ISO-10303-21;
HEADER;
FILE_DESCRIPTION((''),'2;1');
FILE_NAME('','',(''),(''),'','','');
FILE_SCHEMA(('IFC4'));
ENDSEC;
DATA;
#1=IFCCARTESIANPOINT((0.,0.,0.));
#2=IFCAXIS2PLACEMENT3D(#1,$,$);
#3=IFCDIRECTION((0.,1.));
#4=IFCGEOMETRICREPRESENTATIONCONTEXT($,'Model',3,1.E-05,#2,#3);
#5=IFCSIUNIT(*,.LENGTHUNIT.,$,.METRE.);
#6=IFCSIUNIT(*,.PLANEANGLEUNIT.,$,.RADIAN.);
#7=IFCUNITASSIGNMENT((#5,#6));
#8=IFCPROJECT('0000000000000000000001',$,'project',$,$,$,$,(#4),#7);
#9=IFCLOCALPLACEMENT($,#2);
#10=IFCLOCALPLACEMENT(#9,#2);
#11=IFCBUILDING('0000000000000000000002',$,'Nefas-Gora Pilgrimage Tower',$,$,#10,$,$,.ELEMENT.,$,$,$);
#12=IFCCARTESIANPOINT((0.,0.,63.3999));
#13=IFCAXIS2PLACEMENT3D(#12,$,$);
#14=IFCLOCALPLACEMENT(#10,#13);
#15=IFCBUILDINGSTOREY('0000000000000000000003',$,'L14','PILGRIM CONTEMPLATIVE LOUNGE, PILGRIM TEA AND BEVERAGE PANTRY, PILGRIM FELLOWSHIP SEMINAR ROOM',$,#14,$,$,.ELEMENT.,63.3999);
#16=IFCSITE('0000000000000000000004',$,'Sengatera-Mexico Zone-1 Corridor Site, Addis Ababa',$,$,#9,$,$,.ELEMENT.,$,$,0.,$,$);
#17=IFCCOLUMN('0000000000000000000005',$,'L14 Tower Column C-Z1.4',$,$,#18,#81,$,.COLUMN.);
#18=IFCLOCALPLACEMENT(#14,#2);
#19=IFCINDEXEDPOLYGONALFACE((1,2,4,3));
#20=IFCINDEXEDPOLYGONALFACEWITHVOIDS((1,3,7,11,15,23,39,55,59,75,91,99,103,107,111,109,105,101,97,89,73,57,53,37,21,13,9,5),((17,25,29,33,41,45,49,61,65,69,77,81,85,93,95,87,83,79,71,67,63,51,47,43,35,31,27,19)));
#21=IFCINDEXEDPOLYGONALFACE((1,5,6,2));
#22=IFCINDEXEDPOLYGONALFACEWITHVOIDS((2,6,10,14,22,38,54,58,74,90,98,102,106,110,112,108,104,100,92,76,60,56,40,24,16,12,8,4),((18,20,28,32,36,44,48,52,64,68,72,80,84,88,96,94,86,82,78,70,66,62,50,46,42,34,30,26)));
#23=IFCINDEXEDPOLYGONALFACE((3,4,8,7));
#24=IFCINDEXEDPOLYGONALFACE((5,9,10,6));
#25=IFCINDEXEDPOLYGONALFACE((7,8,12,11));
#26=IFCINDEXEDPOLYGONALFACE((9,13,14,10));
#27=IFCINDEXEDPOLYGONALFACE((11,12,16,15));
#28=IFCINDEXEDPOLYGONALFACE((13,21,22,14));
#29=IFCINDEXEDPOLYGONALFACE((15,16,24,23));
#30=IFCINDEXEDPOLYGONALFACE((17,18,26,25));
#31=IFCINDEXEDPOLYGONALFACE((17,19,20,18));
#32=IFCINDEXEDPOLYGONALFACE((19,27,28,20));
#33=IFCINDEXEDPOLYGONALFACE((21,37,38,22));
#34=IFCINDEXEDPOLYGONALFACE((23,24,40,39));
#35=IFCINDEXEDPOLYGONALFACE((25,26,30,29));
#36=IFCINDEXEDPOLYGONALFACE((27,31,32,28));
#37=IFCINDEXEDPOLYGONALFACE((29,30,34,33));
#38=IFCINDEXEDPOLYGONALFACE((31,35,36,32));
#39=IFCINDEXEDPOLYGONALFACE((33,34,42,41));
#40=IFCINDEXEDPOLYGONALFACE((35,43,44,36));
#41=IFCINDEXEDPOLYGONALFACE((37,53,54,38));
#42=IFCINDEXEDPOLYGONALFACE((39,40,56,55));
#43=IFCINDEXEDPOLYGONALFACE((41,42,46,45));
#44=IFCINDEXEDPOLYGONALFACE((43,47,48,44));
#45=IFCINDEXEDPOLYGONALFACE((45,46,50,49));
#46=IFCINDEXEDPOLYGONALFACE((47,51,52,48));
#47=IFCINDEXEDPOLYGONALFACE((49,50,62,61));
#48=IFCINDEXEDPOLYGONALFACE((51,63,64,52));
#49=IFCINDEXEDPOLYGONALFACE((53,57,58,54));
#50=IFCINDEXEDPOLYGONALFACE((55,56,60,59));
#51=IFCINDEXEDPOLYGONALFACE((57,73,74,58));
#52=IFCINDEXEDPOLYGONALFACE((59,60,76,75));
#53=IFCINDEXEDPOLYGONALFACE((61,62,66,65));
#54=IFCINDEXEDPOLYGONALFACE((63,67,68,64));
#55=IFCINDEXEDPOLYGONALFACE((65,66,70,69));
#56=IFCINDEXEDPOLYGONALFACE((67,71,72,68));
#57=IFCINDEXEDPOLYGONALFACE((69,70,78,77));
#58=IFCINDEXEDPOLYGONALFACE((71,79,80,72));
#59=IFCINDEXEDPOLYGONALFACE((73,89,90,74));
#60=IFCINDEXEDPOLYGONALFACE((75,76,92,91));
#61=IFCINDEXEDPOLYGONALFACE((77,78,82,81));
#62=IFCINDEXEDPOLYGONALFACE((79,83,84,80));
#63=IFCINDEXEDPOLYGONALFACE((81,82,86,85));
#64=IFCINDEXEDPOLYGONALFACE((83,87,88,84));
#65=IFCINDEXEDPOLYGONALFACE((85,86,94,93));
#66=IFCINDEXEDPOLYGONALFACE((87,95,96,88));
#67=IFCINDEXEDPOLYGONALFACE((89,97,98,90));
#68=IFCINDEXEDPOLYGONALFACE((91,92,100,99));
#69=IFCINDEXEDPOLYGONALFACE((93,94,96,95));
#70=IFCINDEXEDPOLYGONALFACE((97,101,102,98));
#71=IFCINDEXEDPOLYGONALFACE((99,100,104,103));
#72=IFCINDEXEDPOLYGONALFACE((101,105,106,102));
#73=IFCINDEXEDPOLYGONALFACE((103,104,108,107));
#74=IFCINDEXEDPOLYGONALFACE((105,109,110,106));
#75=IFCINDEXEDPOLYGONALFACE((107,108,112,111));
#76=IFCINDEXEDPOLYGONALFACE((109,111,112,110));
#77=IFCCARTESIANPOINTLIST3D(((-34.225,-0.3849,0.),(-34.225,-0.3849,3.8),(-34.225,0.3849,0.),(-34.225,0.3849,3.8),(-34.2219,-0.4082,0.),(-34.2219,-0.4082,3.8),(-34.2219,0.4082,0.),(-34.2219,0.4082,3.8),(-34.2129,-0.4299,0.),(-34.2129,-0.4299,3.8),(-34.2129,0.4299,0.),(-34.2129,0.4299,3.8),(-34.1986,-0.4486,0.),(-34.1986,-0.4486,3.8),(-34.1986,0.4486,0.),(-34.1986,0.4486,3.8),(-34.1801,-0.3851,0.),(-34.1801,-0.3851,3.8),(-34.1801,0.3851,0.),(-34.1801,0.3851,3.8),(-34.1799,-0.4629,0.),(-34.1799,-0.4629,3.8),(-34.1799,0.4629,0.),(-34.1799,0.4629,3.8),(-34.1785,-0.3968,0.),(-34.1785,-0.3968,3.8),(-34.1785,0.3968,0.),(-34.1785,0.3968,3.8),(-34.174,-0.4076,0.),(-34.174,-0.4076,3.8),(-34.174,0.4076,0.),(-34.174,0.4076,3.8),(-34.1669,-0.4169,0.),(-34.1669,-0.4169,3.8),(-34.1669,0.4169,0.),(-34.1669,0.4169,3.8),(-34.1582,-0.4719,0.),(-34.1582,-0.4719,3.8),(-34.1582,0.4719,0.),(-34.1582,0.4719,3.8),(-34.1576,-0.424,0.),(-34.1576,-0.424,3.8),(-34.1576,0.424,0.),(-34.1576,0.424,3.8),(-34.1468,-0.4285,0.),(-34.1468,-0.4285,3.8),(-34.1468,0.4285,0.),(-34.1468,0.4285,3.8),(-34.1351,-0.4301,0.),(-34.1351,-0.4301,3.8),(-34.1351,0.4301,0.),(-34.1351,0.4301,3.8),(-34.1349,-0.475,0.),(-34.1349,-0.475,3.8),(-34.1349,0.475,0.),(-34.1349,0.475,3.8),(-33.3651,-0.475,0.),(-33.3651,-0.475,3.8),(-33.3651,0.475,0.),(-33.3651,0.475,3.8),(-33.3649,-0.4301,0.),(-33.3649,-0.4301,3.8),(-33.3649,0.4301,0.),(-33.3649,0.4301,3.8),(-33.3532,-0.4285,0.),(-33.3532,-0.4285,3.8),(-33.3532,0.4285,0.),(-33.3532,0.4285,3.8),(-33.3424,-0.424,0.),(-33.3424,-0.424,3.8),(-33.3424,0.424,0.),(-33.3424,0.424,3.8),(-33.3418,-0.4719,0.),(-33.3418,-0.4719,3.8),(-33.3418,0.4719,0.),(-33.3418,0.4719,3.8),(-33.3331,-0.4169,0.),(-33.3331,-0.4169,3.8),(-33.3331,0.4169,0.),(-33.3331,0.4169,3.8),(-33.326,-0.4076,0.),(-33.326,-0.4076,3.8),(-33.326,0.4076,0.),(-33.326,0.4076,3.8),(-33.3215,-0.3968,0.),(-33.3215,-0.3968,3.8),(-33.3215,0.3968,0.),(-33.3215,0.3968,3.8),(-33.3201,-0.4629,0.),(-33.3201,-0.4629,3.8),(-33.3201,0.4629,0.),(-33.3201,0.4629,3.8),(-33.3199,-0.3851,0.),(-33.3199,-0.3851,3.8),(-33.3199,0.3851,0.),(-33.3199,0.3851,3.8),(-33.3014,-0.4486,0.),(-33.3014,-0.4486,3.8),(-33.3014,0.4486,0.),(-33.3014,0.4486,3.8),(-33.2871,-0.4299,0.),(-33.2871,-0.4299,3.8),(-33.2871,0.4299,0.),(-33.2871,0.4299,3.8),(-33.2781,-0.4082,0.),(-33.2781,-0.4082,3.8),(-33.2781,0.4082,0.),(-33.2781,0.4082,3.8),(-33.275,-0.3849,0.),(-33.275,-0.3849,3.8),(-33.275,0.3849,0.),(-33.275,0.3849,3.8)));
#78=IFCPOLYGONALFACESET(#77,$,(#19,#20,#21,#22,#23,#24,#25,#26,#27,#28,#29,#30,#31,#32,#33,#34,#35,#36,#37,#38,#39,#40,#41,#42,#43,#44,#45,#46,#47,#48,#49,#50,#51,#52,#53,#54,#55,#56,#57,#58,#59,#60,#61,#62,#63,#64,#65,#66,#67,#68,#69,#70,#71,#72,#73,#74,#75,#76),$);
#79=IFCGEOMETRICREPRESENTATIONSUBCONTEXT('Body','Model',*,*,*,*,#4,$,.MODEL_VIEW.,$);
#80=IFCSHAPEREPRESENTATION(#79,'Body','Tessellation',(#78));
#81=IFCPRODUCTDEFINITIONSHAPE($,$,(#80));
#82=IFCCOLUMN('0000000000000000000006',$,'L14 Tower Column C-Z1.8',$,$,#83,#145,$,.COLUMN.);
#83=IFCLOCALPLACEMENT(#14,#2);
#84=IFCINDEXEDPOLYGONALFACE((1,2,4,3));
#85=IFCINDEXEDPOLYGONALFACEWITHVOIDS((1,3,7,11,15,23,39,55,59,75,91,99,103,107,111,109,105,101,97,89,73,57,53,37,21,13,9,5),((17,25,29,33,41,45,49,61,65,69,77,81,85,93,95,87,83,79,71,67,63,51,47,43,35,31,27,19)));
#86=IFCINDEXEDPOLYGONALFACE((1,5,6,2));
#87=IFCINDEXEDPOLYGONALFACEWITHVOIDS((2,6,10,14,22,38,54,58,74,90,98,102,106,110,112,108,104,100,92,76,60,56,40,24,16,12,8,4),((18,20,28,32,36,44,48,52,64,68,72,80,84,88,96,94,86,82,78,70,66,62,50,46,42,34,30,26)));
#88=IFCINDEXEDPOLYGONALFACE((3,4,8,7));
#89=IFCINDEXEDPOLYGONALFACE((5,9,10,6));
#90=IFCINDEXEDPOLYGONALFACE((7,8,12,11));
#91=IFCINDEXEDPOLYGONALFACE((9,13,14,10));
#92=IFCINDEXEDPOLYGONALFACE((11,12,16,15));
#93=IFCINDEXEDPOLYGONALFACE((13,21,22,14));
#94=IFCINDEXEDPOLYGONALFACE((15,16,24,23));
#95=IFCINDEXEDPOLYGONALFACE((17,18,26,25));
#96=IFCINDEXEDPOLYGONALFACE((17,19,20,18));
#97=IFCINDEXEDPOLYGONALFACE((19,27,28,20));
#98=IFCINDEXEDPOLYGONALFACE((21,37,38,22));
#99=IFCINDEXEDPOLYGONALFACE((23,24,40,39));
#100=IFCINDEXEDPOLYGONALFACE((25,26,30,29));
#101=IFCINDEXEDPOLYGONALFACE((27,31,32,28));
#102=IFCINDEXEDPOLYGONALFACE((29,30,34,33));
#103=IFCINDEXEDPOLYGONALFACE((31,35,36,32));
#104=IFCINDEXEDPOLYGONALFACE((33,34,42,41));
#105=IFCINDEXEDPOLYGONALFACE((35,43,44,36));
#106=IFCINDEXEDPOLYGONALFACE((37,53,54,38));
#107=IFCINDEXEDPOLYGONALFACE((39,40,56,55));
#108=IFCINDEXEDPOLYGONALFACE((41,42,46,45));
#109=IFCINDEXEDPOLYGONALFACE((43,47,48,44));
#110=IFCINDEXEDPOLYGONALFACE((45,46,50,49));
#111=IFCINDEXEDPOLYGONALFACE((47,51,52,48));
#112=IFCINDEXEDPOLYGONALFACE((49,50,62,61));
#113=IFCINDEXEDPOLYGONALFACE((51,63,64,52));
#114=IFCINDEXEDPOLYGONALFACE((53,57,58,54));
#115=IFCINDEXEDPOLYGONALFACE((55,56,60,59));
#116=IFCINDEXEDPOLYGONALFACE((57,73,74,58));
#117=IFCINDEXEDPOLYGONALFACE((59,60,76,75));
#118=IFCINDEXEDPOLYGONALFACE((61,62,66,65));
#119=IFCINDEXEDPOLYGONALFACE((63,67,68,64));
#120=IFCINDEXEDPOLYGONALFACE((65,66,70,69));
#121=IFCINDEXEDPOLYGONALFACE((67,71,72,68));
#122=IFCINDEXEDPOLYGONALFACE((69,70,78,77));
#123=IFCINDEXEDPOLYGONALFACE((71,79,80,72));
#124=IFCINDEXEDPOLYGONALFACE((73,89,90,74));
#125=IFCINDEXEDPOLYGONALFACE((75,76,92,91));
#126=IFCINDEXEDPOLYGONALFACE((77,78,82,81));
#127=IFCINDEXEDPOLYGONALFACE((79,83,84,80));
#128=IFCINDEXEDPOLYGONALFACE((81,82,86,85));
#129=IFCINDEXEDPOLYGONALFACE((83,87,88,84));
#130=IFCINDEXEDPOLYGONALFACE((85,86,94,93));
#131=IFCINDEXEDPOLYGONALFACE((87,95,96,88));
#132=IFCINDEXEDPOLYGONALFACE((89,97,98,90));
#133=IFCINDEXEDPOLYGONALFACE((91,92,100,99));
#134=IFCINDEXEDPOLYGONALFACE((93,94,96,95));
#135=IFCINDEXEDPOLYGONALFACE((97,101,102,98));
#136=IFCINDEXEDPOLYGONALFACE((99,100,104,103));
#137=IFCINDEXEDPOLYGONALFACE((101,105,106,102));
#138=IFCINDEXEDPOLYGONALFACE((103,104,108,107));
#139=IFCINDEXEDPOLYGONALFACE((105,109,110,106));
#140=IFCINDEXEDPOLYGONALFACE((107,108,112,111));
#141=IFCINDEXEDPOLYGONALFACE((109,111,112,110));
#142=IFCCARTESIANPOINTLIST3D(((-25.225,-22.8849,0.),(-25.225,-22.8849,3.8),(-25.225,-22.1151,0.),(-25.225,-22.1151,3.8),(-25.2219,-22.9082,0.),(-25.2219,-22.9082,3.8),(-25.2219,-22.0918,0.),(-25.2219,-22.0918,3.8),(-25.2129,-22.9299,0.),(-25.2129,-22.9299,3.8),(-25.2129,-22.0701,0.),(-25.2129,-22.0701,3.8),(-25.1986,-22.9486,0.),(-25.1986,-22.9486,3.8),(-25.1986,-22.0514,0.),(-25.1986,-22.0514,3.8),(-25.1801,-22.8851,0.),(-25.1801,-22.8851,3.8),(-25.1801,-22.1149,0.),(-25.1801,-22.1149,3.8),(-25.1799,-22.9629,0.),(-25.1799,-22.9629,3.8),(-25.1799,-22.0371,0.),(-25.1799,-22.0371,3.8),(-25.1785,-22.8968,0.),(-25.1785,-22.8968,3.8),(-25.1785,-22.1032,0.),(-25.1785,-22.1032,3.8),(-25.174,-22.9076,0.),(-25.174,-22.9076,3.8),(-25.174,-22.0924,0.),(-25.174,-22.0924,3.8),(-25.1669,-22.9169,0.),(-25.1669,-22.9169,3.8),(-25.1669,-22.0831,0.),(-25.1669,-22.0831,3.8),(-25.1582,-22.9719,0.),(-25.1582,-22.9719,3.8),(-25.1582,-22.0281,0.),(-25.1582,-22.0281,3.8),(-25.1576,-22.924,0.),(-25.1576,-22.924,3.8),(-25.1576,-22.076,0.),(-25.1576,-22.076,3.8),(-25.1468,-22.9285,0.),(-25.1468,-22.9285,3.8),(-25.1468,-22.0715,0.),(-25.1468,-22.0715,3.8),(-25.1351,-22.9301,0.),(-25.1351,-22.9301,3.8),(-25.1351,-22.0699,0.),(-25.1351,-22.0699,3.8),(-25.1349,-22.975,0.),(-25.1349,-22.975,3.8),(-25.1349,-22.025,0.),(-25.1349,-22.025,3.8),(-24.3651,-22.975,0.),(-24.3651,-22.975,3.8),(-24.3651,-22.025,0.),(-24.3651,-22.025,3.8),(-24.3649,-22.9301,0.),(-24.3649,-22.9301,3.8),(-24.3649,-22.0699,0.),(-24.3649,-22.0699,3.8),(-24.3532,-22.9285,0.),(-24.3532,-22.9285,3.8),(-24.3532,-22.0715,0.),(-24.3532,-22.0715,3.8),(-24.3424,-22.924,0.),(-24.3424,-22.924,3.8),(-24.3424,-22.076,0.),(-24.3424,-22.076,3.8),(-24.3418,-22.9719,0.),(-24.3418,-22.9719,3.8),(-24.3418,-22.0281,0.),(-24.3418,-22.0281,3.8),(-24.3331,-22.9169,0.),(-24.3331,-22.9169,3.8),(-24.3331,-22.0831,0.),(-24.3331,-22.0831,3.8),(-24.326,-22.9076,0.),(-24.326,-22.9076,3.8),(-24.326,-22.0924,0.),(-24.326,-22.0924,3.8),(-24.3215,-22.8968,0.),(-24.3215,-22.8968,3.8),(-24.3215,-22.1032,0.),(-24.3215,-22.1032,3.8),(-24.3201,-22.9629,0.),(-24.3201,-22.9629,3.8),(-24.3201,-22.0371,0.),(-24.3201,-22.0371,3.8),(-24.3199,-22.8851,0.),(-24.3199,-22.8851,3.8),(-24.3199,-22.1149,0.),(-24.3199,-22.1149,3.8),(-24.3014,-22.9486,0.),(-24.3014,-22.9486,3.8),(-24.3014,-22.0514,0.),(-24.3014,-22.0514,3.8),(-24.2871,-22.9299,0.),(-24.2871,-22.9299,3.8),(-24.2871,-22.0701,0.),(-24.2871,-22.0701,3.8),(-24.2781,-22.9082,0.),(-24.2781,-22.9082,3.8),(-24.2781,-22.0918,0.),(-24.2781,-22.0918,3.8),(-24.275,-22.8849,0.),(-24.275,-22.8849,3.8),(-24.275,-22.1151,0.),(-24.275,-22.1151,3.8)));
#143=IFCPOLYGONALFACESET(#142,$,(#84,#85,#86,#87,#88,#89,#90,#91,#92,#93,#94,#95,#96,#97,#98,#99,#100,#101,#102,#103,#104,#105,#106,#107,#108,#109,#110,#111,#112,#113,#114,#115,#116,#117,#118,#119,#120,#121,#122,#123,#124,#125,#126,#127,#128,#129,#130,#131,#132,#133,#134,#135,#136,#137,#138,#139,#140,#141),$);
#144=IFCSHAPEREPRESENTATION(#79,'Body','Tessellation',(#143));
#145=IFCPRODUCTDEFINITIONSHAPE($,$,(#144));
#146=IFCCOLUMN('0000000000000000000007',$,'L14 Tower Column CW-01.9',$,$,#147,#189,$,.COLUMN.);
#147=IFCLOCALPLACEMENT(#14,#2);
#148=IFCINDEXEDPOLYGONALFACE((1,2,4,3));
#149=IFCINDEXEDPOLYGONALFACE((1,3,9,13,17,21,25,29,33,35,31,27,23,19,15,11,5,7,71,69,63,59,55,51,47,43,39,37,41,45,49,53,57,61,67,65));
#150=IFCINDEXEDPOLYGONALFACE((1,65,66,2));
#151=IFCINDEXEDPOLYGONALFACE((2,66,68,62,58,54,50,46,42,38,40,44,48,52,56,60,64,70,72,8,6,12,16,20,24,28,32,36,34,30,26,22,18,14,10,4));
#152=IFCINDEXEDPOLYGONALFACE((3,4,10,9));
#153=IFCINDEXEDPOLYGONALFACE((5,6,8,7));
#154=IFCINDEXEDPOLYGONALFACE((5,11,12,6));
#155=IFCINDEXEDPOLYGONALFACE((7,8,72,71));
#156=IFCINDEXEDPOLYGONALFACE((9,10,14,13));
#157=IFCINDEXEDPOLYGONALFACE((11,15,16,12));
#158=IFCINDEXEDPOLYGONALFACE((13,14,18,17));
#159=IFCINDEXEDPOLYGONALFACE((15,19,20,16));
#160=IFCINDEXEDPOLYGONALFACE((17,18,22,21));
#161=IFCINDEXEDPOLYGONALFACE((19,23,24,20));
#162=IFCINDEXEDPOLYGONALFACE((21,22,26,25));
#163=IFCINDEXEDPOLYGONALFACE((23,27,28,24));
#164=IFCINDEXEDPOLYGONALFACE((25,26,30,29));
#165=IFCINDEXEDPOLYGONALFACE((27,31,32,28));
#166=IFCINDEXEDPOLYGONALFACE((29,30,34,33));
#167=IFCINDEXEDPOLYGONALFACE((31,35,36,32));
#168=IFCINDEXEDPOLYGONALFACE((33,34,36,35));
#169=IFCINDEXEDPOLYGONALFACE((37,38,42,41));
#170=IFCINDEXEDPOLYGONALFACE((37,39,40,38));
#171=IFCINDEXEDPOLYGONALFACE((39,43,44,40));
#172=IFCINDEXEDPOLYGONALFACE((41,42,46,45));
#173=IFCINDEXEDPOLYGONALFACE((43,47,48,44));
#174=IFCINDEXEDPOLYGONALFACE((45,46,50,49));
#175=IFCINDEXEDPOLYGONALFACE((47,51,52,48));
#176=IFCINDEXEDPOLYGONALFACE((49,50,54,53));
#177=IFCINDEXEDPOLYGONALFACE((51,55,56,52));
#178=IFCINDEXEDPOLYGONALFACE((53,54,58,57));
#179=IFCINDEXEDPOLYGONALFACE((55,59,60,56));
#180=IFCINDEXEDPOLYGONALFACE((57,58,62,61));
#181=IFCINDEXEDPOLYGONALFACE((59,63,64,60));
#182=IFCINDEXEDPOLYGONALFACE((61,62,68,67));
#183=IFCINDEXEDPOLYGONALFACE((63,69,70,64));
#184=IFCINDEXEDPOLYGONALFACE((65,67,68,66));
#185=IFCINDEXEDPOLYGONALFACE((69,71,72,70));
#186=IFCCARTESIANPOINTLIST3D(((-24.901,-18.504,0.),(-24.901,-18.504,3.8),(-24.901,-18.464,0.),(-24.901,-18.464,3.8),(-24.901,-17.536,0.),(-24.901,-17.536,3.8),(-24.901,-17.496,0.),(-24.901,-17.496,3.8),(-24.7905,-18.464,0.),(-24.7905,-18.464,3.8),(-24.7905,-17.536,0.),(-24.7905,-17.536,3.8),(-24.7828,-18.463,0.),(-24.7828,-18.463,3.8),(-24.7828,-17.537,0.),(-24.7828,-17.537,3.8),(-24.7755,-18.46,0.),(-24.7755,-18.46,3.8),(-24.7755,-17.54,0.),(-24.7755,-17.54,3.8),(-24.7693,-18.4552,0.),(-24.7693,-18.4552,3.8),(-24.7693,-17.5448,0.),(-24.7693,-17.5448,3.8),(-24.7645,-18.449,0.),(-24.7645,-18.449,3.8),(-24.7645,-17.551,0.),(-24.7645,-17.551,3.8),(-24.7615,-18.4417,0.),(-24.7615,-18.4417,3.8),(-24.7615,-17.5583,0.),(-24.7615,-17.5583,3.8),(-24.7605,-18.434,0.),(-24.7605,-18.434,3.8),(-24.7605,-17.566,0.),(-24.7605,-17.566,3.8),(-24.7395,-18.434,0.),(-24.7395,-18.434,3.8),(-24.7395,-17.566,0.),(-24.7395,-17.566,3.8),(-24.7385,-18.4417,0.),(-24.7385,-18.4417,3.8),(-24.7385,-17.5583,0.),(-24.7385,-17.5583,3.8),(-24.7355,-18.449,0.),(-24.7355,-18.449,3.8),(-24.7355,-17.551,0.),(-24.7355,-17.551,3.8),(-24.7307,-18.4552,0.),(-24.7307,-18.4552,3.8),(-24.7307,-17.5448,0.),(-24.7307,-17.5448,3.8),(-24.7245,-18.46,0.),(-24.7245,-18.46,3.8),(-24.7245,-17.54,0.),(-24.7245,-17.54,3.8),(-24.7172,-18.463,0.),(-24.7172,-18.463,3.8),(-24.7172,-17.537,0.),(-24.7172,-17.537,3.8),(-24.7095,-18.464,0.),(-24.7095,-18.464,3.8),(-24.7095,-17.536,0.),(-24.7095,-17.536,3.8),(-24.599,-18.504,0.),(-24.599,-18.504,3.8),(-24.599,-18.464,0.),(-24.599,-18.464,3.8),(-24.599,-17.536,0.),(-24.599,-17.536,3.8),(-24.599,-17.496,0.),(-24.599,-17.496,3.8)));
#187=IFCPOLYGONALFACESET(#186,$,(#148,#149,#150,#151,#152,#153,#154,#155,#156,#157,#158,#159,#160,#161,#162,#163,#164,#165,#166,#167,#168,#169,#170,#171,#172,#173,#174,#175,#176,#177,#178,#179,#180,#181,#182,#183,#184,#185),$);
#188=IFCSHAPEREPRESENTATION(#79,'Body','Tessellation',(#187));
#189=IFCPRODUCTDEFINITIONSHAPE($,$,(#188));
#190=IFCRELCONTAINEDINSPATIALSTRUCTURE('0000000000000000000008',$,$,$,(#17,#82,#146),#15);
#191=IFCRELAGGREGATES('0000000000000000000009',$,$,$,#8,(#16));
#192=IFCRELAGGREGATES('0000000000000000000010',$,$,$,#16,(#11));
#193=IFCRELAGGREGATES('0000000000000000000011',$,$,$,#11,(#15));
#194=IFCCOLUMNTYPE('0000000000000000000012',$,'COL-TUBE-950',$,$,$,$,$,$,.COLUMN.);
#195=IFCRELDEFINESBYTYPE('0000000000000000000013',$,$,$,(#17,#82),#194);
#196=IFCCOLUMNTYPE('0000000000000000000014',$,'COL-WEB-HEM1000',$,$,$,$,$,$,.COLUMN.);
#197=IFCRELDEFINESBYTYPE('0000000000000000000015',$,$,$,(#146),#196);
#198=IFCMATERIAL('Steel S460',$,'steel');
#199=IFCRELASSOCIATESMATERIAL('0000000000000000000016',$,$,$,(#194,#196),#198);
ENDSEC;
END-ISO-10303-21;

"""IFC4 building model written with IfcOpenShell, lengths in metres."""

from ifc_helpers import new_model, si_unit, direction, frame, origin, origin_2d, place, context, subcontext, project, spatial, hollow_rectangle, i_section, extrude, source, transform, mapped, material, material_profile, profile_set, type_object, element, save


model = new_model("IFC4")

# Units and contexts
model_context = context("Model", 3, precision=1e-05, world=origin(), true_north=direction((0.0, 1.0)))
body_context = subcontext(model_context, "Body", "Model", "MODEL_VIEW")
ifc_project = project(units=[si_unit("LENGTHUNIT", "METRE"), si_unit("PLANEANGLEUNIT", "RADIAN")], contexts=[model_context])

# Site, building, storey
site_placement = place(None, origin())
site = spatial("IfcSite", under=ifc_project, at=site_placement, Name="Sengatera-Mexico Zone-1 Corridor Site, Addis Ababa", CompositionType="ELEMENT", RefElevation=0.0)
building_placement = place(site_placement, origin())
building = spatial("IfcBuilding", under=site, at=building_placement, Name="Nefas-Gora Pilgrimage Tower", CompositionType="ELEMENT")
storey_placement = place(building_placement, frame((0.0, 0.0, 63.3999)))
storey = spatial("IfcBuildingStorey", under=building, at=storey_placement, Name="L14", Description="PILGRIM CONTEMPLATIVE LOUNGE, PILGRIM TEA AND BEVERAGE PANTRY, PILGRIM FELLOWSHIP SEMINAR ROOM", CompositionType="ELEMENT", Elevation=63.3999)

# Columns
ifc_material_1 = material(Name="Steel S460", Category="steel")
ifc_material_profile_1 = material_profile(ifc_material_1, hollow_rectangle(XDim=0.95, YDim=0.95, WallThickness=0.0449, InnerFilletRadius=0.0449, OuterFilletRadius=0.0901, at=origin_2d()), Name="BOX 950x950x45")
ifc_profile_set_1 = profile_set([ifc_material_profile_1], Name="Steel S460")
column_type_1 = type_object("IfcColumnType", Name="COL-TUBE-950", PredefinedType="COLUMN", material=ifc_profile_set_1)
shared_shape_1 = source(origin(), body_context, "Body", "SweptSolid", [
    extrude(hollow_rectangle(XDim=0.95, YDim=0.95, WallThickness=0.0449, InnerFilletRadius=0.0449, OuterFilletRadius=0.0901, at=origin_2d()), origin(), (0.0, 0.0, 1.0), 3.8),
])
for number, where, z_axis, x_axis, name in (
    (1, (-33.75, 0.0, 0.0), (0.0, 0.0, 1.0), (1.0, 0.0, 0.0), "L14 Tower Column C-Z1.4"),
    (2, (-24.75, -22.5, 0.0), (0.0, 0.0, 1.0), (1.0, 0.0, 0.0), "L14 Tower Column C-Z1.8"),
):
    element("IfcColumn", number, at=place(storey_placement, frame(where, z_axis=z_axis, x_axis=x_axis)), inside=storey, type_object=column_type_1, Name=name, PredefinedType="COLUMN", context=body_context, shape_type="MappedRepresentation", body=[
        mapped(shared_shape_1, transform((0.0, 0.0, 0.0), x_axis=(1.0, 0.0, 0.0), y_axis=(0.0, 1.0, 0.0), z_axis=(0.0, 0.0, 1.0), scale=1.0)),
    ])
ifc_material_profile_2 = material_profile(ifc_material_1, i_section(OverallWidth=0.302, OverallDepth=1.0081, WebThickness=0.021, FlangeThickness=0.04, FilletRadius=0.03, at=origin_2d()), Name="HEM 1000")
ifc_profile_set_2 = profile_set([ifc_material_profile_2], Name="Steel S460")
column_type_2 = type_object("IfcColumnType", Name="COL-WEB-HEM1000", PredefinedType="COLUMN", material=ifc_profile_set_2)
shared_shape_2 = source(origin(), body_context, "Body", "SweptSolid", [
    extrude(i_section(OverallWidth=0.302, OverallDepth=1.0081, WebThickness=0.021, FlangeThickness=0.04, FilletRadius=0.03, at=origin_2d()), origin(), (0.0, 0.0, 1.0), 3.8),
])
for number, where, z_axis, x_axis, name in (
    (3, (-24.75, -18.0, 0.0), (0.0, 0.0, 1.0), (1.0, 0.0, 0.0), "L14 Tower Column CW-01.9"),
):
    element("IfcColumn", number, at=place(storey_placement, frame(where, z_axis=z_axis, x_axis=x_axis)), inside=storey, type_object=column_type_2, Name=name, PredefinedType="COLUMN", context=body_context, shape_type="MappedRepresentation", body=[
        mapped(shared_shape_2, transform((0.0, 0.0, 0.0), x_axis=(1.0, 0.0, 0.0), y_axis=(0.0, 1.0, 0.0), z_axis=(0.0, 0.0, 1.0), scale=1.0)),
    ])

save(model, "model.ifc")
